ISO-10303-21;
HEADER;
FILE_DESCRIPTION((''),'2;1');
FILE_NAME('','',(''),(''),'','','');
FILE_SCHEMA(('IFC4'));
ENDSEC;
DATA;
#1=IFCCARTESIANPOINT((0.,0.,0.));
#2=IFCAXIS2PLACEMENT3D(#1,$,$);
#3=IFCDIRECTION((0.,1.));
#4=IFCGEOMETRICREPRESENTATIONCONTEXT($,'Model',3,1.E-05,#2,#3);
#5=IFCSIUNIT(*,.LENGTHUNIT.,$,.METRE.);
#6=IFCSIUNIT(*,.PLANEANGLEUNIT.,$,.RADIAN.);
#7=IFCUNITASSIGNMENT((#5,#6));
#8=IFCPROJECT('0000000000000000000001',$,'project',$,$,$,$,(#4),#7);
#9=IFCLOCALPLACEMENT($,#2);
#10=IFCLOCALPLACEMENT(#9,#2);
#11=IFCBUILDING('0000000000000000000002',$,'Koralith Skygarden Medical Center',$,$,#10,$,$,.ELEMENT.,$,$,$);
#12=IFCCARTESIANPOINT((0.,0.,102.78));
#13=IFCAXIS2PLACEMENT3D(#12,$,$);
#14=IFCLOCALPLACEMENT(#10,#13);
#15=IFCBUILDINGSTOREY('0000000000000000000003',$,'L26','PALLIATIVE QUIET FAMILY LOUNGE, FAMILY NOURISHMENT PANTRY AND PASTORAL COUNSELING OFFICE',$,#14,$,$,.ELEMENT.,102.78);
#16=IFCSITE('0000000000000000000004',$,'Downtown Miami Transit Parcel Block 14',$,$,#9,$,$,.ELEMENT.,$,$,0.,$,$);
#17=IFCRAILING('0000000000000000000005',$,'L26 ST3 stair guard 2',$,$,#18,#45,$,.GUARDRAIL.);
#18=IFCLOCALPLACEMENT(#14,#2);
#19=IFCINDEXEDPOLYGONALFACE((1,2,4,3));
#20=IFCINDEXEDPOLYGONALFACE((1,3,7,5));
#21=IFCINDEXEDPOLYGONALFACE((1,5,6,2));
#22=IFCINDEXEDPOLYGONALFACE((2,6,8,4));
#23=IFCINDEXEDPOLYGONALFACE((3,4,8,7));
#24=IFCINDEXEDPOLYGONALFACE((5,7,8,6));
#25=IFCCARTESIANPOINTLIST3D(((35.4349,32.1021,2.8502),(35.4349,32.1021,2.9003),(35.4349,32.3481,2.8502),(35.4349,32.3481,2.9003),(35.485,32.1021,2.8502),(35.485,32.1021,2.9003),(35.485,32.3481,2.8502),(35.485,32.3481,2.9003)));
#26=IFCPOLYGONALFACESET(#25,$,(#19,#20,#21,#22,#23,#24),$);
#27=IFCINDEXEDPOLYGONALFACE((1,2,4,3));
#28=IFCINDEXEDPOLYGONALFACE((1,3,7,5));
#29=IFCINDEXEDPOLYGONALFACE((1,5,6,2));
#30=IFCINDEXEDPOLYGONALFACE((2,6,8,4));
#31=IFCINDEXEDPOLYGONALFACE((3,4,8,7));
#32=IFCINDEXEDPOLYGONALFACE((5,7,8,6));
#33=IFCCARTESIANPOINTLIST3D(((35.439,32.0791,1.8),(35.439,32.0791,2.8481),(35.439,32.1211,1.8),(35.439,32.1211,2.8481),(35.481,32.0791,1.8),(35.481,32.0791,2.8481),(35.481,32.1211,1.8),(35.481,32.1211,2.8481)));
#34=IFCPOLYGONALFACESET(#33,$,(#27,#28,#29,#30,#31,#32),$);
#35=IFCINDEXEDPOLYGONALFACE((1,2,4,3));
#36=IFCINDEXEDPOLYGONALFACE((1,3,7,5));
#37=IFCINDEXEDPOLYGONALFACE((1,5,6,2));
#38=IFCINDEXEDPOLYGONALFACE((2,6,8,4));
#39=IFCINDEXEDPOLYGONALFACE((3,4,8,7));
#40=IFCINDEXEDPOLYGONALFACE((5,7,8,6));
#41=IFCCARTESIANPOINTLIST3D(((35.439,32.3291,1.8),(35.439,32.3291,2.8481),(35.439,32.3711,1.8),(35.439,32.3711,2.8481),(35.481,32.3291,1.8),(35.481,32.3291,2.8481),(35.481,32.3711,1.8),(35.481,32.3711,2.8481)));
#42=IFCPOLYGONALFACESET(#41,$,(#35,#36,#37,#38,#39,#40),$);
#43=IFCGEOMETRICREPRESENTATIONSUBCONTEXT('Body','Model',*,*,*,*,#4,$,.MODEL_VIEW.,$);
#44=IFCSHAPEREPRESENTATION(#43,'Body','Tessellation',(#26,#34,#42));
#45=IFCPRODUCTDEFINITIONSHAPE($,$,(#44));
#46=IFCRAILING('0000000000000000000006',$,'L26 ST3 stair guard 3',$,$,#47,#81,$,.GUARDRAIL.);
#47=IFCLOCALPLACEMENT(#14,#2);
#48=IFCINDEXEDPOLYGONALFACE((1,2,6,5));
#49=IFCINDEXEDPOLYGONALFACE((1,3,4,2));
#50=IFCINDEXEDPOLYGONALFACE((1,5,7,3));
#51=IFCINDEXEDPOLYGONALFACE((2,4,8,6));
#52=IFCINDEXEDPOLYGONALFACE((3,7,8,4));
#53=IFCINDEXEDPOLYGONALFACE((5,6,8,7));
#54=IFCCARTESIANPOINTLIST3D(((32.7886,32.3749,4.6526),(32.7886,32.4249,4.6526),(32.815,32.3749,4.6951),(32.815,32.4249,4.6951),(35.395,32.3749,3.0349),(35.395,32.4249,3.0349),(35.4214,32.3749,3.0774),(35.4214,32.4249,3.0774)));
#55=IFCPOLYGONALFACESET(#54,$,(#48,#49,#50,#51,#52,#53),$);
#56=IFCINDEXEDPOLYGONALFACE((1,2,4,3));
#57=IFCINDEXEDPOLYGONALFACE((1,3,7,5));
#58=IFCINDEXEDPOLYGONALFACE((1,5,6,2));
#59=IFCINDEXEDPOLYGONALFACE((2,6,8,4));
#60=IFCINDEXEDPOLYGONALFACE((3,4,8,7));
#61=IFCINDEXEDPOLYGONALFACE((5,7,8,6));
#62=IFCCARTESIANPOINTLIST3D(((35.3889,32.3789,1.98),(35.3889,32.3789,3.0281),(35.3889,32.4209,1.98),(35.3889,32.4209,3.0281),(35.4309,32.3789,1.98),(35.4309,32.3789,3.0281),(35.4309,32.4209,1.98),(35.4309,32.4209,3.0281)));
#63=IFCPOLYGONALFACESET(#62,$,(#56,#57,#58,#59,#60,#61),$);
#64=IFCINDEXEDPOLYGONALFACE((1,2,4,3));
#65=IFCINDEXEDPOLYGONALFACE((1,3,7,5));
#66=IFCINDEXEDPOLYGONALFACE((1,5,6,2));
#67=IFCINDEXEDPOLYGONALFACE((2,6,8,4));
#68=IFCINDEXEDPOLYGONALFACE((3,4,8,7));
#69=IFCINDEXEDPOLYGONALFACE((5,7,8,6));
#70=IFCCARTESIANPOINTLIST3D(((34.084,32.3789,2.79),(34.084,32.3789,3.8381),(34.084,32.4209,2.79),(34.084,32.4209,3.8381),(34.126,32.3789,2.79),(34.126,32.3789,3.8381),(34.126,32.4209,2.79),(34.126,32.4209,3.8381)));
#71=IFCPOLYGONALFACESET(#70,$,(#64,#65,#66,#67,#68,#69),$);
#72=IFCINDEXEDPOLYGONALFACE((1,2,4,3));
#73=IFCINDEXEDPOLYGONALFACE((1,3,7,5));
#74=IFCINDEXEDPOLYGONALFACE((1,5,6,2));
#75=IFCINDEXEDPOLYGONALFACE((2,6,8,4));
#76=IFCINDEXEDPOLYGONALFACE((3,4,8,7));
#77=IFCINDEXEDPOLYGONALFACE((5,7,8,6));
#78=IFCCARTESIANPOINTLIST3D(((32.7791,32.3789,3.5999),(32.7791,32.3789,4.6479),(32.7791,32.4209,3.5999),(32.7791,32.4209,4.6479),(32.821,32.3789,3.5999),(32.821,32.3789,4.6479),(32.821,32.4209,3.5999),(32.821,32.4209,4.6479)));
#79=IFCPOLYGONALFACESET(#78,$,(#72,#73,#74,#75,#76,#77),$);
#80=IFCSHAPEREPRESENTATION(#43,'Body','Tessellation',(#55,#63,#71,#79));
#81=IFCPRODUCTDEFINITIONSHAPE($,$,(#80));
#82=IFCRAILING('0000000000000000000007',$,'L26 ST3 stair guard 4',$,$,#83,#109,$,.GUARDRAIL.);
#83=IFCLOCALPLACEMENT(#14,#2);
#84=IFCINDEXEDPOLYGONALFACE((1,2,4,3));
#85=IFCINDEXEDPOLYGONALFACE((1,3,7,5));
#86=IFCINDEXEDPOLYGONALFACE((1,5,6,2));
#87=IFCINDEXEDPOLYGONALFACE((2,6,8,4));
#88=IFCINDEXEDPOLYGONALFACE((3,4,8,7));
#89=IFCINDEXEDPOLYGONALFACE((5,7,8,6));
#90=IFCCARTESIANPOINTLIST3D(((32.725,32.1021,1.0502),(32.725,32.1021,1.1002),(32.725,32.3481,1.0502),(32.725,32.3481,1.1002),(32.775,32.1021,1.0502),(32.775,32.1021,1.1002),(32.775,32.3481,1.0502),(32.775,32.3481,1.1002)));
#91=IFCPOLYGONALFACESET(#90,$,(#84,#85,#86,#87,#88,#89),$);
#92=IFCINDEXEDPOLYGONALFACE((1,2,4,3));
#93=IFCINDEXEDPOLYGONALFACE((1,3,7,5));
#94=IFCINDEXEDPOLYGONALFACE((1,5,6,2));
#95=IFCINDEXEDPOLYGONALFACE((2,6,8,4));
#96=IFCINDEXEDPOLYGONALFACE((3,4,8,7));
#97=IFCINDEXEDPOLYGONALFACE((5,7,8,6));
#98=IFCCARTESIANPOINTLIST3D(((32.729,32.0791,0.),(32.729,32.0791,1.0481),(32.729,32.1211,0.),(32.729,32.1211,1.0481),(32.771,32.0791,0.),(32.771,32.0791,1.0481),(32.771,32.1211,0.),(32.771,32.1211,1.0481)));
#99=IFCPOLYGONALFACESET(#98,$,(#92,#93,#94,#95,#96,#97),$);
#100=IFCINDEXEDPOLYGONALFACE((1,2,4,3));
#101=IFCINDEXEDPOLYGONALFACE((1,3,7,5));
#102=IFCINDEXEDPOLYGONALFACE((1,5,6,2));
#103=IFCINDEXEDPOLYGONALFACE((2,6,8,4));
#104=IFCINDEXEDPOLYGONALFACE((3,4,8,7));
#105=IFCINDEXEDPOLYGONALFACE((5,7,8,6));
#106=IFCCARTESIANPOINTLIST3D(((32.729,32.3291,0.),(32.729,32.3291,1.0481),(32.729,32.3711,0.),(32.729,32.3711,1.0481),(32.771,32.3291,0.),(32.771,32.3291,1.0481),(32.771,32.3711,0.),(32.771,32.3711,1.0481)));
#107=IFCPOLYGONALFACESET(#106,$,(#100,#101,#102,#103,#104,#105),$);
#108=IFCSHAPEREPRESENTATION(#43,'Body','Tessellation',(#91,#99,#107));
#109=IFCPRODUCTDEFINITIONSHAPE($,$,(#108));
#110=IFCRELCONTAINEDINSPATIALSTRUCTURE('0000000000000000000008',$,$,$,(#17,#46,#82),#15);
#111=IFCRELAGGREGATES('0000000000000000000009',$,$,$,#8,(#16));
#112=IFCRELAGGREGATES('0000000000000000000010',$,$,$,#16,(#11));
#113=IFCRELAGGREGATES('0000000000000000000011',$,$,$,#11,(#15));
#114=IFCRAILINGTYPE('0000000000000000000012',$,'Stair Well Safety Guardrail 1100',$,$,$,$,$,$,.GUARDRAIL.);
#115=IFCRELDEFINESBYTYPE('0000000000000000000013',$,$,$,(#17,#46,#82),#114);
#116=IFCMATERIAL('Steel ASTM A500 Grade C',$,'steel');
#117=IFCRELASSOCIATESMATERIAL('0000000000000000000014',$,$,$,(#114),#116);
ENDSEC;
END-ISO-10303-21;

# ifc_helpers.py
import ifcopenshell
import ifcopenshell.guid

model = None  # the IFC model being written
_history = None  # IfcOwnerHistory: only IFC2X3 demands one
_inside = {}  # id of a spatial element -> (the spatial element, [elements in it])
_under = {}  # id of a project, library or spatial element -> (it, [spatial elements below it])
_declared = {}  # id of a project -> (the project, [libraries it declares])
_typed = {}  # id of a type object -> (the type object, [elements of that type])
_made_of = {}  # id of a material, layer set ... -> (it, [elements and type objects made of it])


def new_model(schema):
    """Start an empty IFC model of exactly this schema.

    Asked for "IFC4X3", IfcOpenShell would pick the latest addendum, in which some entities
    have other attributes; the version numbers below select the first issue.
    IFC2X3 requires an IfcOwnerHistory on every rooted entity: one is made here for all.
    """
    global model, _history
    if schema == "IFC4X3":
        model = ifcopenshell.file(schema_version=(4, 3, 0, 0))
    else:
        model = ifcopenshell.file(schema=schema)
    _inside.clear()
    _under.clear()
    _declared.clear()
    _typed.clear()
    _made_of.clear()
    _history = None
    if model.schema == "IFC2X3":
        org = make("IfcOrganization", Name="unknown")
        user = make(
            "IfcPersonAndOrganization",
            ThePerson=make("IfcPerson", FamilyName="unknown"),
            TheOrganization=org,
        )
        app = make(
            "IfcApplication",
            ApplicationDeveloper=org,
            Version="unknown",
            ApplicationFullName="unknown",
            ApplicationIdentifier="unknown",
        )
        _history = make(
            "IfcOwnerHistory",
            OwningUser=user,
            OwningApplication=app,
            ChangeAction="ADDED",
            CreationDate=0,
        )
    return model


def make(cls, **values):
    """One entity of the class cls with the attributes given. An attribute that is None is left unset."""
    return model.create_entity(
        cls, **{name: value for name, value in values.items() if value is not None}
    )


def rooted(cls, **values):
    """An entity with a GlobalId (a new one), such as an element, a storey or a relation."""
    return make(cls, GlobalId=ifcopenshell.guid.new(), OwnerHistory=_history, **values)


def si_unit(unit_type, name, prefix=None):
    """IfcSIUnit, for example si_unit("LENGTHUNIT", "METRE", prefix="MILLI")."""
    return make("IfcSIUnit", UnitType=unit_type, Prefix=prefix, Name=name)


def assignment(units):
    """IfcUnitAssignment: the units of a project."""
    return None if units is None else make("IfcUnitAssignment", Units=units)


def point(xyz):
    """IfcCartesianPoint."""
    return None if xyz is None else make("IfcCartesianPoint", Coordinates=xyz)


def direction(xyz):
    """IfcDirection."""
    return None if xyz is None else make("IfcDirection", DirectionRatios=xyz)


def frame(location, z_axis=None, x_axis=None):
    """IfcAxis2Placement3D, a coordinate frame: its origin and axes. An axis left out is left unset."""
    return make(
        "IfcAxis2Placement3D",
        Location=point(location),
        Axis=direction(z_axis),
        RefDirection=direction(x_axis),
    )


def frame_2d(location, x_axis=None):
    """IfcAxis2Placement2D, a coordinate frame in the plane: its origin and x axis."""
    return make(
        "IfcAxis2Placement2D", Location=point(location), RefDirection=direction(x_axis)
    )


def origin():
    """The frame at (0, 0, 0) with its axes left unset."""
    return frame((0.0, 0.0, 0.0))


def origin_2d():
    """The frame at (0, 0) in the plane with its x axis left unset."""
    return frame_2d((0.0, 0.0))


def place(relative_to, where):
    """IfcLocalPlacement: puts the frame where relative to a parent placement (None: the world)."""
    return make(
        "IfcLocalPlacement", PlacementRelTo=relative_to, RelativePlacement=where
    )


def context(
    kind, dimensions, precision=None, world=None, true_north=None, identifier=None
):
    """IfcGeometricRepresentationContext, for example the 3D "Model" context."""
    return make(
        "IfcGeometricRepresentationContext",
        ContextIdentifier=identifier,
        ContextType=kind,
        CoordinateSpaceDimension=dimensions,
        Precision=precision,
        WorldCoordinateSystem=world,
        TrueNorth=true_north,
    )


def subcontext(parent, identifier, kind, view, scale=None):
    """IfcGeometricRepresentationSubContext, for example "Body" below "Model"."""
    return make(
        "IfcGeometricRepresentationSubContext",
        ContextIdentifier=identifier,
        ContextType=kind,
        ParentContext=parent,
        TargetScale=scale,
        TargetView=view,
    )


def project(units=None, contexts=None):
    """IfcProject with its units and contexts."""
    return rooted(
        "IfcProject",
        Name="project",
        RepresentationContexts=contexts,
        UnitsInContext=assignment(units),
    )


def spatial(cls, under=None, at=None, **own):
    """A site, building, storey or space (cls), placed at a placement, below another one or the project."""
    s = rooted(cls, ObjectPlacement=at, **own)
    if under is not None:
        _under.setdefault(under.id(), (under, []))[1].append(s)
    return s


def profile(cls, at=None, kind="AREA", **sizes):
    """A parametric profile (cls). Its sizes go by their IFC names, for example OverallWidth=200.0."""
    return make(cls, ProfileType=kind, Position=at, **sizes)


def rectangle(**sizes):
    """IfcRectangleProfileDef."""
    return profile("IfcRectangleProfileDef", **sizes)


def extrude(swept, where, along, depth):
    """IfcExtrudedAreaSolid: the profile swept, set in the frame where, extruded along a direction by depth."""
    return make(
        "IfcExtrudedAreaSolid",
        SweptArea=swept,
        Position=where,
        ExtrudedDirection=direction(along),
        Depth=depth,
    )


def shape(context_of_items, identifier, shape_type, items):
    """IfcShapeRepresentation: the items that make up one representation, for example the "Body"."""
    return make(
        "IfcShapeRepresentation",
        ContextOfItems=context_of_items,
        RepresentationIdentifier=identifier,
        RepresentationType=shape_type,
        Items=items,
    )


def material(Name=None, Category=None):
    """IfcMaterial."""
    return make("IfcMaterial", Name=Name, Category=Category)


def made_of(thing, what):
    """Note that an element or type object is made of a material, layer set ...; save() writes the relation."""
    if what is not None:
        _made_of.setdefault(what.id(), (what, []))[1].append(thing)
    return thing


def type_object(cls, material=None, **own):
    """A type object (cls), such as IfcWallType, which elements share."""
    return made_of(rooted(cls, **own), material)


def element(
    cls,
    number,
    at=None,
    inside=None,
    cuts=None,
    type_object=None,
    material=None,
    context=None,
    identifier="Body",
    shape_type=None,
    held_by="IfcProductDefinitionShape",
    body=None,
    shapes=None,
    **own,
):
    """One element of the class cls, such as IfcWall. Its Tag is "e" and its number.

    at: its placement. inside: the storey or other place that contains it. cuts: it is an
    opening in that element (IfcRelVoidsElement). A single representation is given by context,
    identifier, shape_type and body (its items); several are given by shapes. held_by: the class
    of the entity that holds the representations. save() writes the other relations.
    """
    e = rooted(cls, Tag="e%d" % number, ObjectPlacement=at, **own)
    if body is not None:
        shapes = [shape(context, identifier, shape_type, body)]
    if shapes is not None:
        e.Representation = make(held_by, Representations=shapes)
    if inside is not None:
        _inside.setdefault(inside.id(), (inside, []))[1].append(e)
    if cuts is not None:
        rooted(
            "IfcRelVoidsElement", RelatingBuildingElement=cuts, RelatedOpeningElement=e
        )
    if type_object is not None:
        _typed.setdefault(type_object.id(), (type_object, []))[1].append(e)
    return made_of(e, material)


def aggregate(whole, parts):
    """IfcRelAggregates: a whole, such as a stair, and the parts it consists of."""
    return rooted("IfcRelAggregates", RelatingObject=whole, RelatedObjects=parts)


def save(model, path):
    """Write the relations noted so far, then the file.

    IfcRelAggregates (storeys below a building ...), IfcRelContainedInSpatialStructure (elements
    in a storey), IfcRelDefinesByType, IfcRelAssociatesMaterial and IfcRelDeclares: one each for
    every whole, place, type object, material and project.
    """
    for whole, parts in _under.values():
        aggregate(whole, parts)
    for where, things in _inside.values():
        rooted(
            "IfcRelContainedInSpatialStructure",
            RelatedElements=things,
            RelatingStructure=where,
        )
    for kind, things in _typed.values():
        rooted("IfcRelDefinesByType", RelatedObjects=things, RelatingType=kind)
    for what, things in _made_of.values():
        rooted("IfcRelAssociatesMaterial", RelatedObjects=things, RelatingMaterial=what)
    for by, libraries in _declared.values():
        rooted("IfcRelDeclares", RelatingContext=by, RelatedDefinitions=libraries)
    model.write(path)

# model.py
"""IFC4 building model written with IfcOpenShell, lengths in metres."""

from ifc_helpers import new_model, si_unit, direction, frame, origin, origin_2d, place, context, subcontext, project, spatial, rectangle, extrude, material, type_object, element, save


model = new_model("IFC4")

# Units and contexts
model_context = context("Model", 3, precision=1e-05, world=origin(), true_north=direction((0.0, 1.0)))
body_context = subcontext(model_context, "Body", "Model", "MODEL_VIEW")
ifc_project = project(units=[si_unit("LENGTHUNIT", "METRE"), si_unit("PLANEANGLEUNIT", "RADIAN")], contexts=[model_context])

# Site, building, storey
site_placement = place(None, origin())
site = spatial("IfcSite", under=ifc_project, at=site_placement, Name="Downtown Miami Transit Parcel Block 14", CompositionType="ELEMENT", RefElevation=0.0)
building_placement = place(site_placement, origin())
building = spatial("IfcBuilding", under=site, at=building_placement, Name="Koralith Skygarden Medical Center", CompositionType="ELEMENT")
storey_placement = place(building_placement, frame((0.0, 0.0, 102.78)))
storey = spatial("IfcBuildingStorey", under=building, at=storey_placement, Name="L26", Description="PALLIATIVE QUIET FAMILY LOUNGE, FAMILY NOURISHMENT PANTRY AND PASTORAL COUNSELING OFFICE", CompositionType="ELEMENT", Elevation=102.78)

# Railings
ifc_material_1 = material(Name="Steel ASTM A500 Grade C", Category="steel")
railing_type_1 = type_object("IfcRailingType", Name="Stair Well Safety Guardrail 1100", PredefinedType="GUARDRAIL", material=ifc_material_1)
railing_1_placement = place(storey_placement, frame((35.46, 32.1001, 1.8)))
element("IfcRailing", 1, at=railing_1_placement, inside=storey, type_object=railing_type_1, Name="L26 ST3 stair guard 2", PredefinedType="GUARDRAIL", context=body_context, shape_type="SweptSolid", body=[
    extrude(rectangle(XDim=0.05, YDim=0.05, at=origin_2d()), frame((0.0, 0.002, 1.0752), z_axis=(0.0, 1.0, 0.0), x_axis=(-1.0, 0.0, 0.0)), (0.0, 0.0, 1.0), 0.2461),
    extrude(rectangle(XDim=0.042, YDim=0.042, at=origin_2d()), origin(), (0.0, 0.0, 1.0), 1.0481),
    extrude(rectangle(XDim=0.042, YDim=0.042, at=origin_2d()), frame((0.0, 0.25, 0.0)), (0.0, 0.0, 1.0), 1.0481),
])
railing_2_placement = place(storey_placement, frame((35.4099, 32.3999, 1.98)))
element("IfcRailing", 2, at=railing_2_placement, inside=storey, type_object=railing_type_1, Name="L26 ST3 stair guard 3", PredefinedType="GUARDRAIL", context=body_context, shape_type="SweptSolid", body=[
    extrude(rectangle(XDim=0.05, YDim=0.05, at=origin_2d()), frame((-0.0017, 0.0, 1.0762), z_axis=(-0.849646, 0.0, 0.527353), x_axis=(0.0, -1.0, 0.0)), (0.0, 0.0, 1.0), 3.0676),
    extrude(rectangle(XDim=0.042, YDim=0.042, at=origin_2d()), origin(), (0.0, 0.0, 1.0), 1.0481),
    extrude(rectangle(XDim=0.042, YDim=0.042, at=origin_2d()), frame((-1.3049, 0.0, 0.8101)), (0.0, 0.0, 1.0), 1.0481),
    extrude(rectangle(XDim=0.042, YDim=0.042, at=origin_2d()), frame((-2.6099, 0.0, 1.6199)), (0.0, 0.0, 1.0), 1.0481),
])
railing_3_placement = place(storey_placement, frame((32.75, 32.1001, 0.0)))
element("IfcRailing", 3, at=railing_3_placement, inside=storey, type_object=railing_type_1, Name="L26 ST3 stair guard 4", PredefinedType="GUARDRAIL", context=body_context, shape_type="SweptSolid", body=[
    extrude(rectangle(XDim=0.05, YDim=0.05, at=origin_2d()), frame((0.0, 0.002, 1.0752), z_axis=(0.0, 1.0, 0.0), x_axis=(-1.0, 0.0, 0.0)), (0.0, 0.0, 1.0), 0.2461),
    extrude(rectangle(XDim=0.042, YDim=0.042, at=origin_2d()), origin(), (0.0, 0.0, 1.0), 1.0481),
    extrude(rectangle(XDim=0.042, YDim=0.042, at=origin_2d()), frame((0.0, 0.25, 0.0)), (0.0, 0.0, 1.0), 1.0481),
])

save(model, "model.ifc")
